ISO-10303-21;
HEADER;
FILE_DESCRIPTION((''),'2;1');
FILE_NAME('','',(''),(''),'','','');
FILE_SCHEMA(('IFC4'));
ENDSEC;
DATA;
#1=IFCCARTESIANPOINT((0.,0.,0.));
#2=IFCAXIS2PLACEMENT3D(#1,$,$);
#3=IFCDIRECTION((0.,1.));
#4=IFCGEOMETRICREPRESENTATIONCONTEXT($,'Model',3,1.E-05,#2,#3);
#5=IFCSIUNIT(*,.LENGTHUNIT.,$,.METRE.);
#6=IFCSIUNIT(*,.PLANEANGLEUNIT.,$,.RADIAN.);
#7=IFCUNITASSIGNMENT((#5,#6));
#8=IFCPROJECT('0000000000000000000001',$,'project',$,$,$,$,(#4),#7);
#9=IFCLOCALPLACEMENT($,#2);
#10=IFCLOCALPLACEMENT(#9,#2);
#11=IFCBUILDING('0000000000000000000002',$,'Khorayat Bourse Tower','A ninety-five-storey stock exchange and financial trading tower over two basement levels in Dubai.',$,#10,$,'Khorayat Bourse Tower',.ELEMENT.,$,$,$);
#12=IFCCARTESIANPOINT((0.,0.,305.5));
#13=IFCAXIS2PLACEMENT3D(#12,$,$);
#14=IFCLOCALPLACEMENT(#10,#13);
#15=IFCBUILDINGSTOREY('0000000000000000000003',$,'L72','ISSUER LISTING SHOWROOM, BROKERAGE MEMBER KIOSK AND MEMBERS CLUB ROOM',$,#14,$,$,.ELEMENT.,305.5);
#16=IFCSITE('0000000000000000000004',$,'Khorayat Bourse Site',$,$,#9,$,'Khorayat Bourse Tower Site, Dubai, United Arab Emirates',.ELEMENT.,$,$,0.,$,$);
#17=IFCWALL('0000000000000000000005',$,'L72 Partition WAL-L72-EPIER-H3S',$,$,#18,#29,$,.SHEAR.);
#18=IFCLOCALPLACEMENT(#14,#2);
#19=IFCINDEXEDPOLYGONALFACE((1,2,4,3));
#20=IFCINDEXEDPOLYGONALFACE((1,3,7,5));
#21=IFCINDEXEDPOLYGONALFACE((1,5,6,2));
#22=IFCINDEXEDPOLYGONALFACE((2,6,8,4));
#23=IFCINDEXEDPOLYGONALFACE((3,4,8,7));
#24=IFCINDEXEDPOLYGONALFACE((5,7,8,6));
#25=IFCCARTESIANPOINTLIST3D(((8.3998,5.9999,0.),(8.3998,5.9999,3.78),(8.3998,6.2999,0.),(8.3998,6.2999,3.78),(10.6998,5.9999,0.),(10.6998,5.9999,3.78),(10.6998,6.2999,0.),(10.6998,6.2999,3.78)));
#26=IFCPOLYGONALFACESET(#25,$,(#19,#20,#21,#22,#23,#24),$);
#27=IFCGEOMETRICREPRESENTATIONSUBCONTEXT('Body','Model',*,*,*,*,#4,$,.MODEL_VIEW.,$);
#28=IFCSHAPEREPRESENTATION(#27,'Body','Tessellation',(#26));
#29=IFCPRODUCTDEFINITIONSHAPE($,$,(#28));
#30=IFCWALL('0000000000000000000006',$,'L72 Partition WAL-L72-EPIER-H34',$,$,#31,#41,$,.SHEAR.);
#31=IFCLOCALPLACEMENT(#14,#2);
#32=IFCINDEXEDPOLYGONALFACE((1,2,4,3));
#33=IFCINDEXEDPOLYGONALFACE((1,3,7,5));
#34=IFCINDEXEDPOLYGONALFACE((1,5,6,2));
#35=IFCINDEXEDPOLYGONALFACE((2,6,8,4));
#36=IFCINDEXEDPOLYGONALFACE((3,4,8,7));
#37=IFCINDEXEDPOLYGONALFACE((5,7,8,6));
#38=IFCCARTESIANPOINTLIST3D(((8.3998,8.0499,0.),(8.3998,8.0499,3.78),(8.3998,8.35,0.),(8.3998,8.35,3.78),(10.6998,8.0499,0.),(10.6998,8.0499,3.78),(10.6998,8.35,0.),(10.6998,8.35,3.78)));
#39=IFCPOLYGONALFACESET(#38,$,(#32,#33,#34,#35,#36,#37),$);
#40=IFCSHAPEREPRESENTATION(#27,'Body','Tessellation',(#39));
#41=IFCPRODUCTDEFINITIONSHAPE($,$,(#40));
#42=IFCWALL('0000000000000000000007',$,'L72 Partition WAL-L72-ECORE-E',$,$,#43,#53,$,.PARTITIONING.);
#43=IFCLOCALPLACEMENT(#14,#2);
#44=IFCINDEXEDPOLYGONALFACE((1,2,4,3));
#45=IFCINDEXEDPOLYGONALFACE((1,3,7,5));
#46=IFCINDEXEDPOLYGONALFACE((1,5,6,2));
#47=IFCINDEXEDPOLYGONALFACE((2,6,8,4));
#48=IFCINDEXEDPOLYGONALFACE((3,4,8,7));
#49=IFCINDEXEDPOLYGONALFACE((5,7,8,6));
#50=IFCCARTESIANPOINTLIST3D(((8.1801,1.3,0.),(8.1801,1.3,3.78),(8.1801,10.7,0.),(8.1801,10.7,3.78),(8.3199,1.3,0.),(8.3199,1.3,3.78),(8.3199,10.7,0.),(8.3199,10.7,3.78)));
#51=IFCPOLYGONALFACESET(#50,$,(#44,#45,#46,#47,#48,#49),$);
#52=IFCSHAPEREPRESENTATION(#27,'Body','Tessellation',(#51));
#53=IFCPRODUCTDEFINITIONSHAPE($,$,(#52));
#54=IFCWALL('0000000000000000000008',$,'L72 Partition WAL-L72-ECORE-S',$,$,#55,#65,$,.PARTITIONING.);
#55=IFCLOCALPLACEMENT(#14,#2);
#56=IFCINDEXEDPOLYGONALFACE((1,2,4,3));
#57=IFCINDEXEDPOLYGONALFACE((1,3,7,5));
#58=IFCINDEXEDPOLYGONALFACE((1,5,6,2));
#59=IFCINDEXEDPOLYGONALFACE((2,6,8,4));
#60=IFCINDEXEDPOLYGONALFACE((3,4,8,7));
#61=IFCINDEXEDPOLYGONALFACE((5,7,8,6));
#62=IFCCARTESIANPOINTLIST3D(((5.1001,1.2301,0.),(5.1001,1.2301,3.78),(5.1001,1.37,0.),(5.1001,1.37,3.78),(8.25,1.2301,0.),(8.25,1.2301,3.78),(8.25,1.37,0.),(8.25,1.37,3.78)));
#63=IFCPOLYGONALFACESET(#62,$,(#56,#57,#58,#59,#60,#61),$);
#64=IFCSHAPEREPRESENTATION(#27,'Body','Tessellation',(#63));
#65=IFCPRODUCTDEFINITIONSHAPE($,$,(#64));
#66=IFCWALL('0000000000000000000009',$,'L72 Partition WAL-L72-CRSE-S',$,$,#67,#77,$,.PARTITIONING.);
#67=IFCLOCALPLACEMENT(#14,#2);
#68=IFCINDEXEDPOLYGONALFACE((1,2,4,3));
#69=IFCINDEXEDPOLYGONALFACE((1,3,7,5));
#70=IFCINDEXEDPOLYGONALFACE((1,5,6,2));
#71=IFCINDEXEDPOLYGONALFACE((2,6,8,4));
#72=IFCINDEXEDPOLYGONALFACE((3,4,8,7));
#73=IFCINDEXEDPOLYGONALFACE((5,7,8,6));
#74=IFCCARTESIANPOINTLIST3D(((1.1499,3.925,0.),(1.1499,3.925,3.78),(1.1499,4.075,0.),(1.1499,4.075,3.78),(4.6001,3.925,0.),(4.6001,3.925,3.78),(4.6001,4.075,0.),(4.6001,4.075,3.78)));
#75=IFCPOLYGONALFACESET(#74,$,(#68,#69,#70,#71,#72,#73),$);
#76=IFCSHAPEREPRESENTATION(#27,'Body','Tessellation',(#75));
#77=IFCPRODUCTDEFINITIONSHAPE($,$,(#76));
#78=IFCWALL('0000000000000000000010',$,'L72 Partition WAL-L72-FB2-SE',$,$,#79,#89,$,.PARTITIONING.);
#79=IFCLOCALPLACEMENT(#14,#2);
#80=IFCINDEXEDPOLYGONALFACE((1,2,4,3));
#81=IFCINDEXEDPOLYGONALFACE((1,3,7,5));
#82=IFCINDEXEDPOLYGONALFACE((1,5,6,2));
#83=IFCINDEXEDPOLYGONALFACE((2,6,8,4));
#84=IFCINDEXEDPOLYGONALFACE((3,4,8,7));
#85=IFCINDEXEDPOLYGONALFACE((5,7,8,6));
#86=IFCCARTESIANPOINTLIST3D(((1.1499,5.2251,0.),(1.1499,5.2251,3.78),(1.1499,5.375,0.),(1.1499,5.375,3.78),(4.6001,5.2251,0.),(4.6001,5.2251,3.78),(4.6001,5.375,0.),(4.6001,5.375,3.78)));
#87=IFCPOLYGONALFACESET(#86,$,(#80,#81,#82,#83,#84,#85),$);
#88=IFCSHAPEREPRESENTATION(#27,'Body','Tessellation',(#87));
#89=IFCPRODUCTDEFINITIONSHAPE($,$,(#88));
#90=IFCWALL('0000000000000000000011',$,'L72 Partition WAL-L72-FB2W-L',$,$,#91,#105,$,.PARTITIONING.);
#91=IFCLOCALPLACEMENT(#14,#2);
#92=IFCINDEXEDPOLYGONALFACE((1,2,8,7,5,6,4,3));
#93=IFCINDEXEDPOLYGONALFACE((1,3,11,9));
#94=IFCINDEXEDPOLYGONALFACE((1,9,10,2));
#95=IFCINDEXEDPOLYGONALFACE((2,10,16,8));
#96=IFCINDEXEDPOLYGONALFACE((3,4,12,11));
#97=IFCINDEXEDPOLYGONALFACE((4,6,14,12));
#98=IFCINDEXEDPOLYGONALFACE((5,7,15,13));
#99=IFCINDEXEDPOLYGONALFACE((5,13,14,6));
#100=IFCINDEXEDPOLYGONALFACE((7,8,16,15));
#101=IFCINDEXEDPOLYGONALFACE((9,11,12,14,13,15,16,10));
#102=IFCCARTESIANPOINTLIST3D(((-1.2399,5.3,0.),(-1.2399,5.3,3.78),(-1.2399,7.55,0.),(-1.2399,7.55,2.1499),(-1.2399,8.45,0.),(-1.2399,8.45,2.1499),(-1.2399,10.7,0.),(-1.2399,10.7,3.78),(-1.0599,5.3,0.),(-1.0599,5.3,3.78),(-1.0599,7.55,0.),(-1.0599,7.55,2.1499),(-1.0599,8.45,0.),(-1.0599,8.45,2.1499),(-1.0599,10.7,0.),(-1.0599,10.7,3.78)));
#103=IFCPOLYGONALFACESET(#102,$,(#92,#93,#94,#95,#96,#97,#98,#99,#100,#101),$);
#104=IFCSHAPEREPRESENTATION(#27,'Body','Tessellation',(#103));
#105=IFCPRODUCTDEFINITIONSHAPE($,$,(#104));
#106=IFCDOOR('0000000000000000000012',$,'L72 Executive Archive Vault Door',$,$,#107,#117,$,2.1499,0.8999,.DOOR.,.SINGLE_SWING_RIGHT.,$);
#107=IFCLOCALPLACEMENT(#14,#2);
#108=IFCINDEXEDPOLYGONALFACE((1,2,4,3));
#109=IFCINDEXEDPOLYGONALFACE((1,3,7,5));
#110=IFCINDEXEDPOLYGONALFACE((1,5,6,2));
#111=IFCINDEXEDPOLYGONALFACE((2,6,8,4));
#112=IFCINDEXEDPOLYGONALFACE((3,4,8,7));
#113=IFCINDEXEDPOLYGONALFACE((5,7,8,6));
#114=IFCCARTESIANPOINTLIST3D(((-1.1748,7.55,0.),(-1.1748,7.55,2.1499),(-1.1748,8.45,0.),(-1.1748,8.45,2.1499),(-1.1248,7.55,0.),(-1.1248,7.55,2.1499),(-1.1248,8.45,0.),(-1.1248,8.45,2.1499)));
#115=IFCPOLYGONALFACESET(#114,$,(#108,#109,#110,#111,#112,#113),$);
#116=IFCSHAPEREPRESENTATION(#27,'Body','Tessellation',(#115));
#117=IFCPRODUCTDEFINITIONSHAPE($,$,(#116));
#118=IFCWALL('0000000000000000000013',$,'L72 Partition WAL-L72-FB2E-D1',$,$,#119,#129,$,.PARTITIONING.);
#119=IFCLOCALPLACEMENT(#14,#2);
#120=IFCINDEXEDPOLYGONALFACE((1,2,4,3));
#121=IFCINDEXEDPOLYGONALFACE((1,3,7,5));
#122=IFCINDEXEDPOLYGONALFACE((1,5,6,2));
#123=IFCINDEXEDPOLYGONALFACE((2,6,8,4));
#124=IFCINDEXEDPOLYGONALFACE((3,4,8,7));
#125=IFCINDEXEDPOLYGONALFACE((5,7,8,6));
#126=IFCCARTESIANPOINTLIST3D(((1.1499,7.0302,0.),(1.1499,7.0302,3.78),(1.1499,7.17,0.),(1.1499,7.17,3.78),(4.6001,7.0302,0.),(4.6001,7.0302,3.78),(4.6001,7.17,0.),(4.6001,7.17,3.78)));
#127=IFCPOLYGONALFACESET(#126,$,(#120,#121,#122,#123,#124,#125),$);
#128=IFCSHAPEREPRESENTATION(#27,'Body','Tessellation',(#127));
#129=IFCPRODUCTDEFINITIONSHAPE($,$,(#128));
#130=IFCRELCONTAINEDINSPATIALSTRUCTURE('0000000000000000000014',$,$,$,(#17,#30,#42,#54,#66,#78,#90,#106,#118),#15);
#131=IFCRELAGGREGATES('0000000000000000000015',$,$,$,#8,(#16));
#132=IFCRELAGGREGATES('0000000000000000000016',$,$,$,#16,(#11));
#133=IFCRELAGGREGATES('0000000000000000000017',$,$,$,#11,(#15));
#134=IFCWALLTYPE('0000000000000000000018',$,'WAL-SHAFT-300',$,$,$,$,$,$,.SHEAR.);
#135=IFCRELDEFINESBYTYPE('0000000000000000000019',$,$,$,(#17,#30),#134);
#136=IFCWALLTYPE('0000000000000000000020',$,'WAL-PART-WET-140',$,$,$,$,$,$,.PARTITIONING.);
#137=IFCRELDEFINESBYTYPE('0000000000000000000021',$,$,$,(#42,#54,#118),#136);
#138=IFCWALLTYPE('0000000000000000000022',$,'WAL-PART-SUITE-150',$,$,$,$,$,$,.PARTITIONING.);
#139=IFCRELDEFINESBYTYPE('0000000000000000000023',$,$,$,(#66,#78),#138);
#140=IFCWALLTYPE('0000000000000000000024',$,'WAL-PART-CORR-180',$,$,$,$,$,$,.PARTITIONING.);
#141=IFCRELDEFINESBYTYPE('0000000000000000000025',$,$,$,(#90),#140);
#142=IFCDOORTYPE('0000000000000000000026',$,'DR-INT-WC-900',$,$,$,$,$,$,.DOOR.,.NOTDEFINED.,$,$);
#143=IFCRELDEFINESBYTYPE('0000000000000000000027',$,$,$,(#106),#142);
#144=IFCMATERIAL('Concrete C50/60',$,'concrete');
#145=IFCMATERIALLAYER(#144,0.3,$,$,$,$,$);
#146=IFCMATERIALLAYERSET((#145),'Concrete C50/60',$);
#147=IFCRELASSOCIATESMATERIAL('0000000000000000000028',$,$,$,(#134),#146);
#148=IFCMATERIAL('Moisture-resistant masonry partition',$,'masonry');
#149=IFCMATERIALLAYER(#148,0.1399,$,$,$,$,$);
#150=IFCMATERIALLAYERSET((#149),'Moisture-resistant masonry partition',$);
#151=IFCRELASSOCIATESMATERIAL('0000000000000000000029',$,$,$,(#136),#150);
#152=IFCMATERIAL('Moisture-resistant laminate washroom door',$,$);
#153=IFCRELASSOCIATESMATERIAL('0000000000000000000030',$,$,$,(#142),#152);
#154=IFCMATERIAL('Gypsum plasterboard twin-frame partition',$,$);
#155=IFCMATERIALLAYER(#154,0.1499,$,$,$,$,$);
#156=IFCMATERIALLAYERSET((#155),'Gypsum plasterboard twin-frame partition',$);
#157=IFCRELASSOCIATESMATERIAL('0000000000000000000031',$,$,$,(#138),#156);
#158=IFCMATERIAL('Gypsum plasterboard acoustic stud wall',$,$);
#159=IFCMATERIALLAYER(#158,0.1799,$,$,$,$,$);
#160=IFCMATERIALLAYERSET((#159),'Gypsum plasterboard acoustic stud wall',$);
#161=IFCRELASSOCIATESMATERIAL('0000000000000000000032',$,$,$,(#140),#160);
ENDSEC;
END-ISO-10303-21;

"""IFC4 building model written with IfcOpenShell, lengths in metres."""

from ifc_helpers import new_model, si_unit, direction, frame, frame_2d, origin, place, context, subcontext, project, spatial, rectangle, extrude, source, transform, mapped, material, layer, layer_set, type_object, element, fill, save


model = new_model("IFC4")

# Units and contexts
model_context = context("Model", 3, precision=1e-05, world=origin(), true_north=direction((0.0, 1.0)))
body_context = subcontext(model_context, "Body", "Model", "MODEL_VIEW")
ifc_project = project(units=[si_unit("LENGTHUNIT", "METRE"), si_unit("PLANEANGLEUNIT", "RADIAN")], contexts=[model_context])

# Site, building, storey
site_placement = place(None, origin())
site = spatial("IfcSite", under=ifc_project, at=site_placement, Name="Khorayat Bourse Site", LongName="Khorayat Bourse Tower Site, Dubai, United Arab Emirates", CompositionType="ELEMENT", RefElevation=0.0)
building_placement = place(site_placement, origin())
building = spatial("IfcBuilding", under=site, at=building_placement, Name="Khorayat Bourse Tower", Description="A ninety-five-storey stock exchange and financial trading tower over two basement levels in Dubai.", LongName="Khorayat Bourse Tower", CompositionType="ELEMENT")
storey_placement = place(building_placement, frame((0.0, 0.0, 305.5)))
storey = spatial("IfcBuildingStorey", under=building, at=storey_placement, Name="L72", Description="ISSUER LISTING SHOWROOM, BROKERAGE MEMBER KIOSK AND MEMBERS CLUB ROOM", CompositionType="ELEMENT", Elevation=305.5)

# Walls
ifc_material_1 = material(Name="Concrete C50/60", Category="concrete")
ifc_layer_1 = layer(ifc_material_1, 0.3)
ifc_layer_set_1 = layer_set([ifc_layer_1], Name="Concrete C50/60")
wall_type_1 = type_object("IfcWallType", Name="WAL-SHAFT-300", PredefinedType="SHEAR", material=ifc_layer_set_1)
shared_shape_1 = source(origin(), body_context, "Body", "SweptSolid", [
    extrude(rectangle(XDim=2.3, YDim=0.3, at=frame_2d((1.1499, 0.0))), origin(), (0.0, 0.0, 1.0), 3.78),
])
for number, where, z_axis, x_axis, name in (
    (1, (8.3999, 6.1499, 0.0), (0.0, 0.0, 1.0), (1.0, 0.0, 0.0), "L72 Partition WAL-L72-EPIER-H3S"),
    (2, (8.3999, 8.2, 0.0), (0.0, 0.0, 1.0), (1.0, 0.0, 0.0), "L72 Partition WAL-L72-EPIER-H34"),
):
    element("IfcWall", number, at=place(storey_placement, frame(where, z_axis=z_axis, x_axis=x_axis)), inside=storey, type_object=wall_type_1, Name=name, PredefinedType="SHEAR", context=body_context, shape_type="MappedRepresentation", body=[
        mapped(shared_shape_1, transform((0.0, 0.0, 0.0), scale=1.0)),
    ])
ifc_material_2 = material(Name="Moisture-resistant masonry partition", Category="masonry")
ifc_layer_2 = layer(ifc_material_2, 0.1399)
ifc_layer_set_2 = layer_set([ifc_layer_2], Name="Moisture-resistant masonry partition")
wall_type_2 = type_object("IfcWallType", Name="WAL-PART-WET-140", PredefinedType="PARTITIONING", material=ifc_layer_set_2)
shared_shape_2 = source(origin(), body_context, "Body", "SweptSolid", [
    extrude(rectangle(XDim=9.3999, YDim=0.1399, at=frame_2d((4.7, 0.0))), origin(), (0.0, 0.0, 1.0), 3.78),
])
wall_1_placement = place(storey_placement, frame((8.25, 1.3, 0.0), z_axis=(0.0, 0.0, 1.0), x_axis=(0.0, 1.0, 0.0)))
element("IfcWall", 3, at=wall_1_placement, inside=storey, type_object=wall_type_2, Name="L72 Partition WAL-L72-ECORE-E", PredefinedType="PARTITIONING", context=body_context, shape_type="MappedRepresentation", body=[
    mapped(shared_shape_2, transform((0.0, 0.0, 0.0), scale=1.0)),
])
shared_shape_3 = source(origin(), body_context, "Body", "SweptSolid", [
    extrude(rectangle(XDim=3.1499, YDim=0.1399, at=frame_2d((1.575, 0.0))), origin(), (0.0, 0.0, 1.0), 3.78),
])
wall_2_placement = place(storey_placement, frame((5.1001, 1.3, 0.0), z_axis=(0.0, 0.0, 1.0), x_axis=(1.0, 0.0, 0.0)))
element("IfcWall", 4, at=wall_2_placement, inside=storey, type_object=wall_type_2, Name="L72 Partition WAL-L72-ECORE-S", PredefinedType="PARTITIONING", context=body_context, shape_type="MappedRepresentation", body=[
    mapped(shared_shape_3, transform((0.0, 0.0, 0.0), scale=1.0)),
])

# Shared definitions
ifc_material_3 = material(Name="Moisture-resistant laminate washroom door")
door_type = type_object("IfcDoorType", Name="DR-INT-WC-900", OperationType="NOTDEFINED", PredefinedType="DOOR", material=ifc_material_3)
shared_shape_4 = source(origin(), body_context, "Body", "SweptSolid", [
    extrude(rectangle(XDim=0.8999, YDim=2.1499, at=frame_2d((0.45, 1.075))), frame((0.0, 0.0249, 0.0), z_axis=(0.0, -1.0, 0.0), x_axis=(1.0, 0.0, 0.0)), (0.0, 0.0, 1.0), 0.05),
])

# Walls
ifc_material_4 = material(Name="Gypsum plasterboard twin-frame partition")
ifc_layer_3 = layer(ifc_material_4, 0.1499)
ifc_layer_set_3 = layer_set([ifc_layer_3], Name="Gypsum plasterboard twin-frame partition")
wall_type_3 = type_object("IfcWallType", Name="WAL-PART-SUITE-150", PredefinedType="PARTITIONING", material=ifc_layer_set_3)
shared_shape_5 = source(origin(), body_context, "Body", "SweptSolid", [
    extrude(rectangle(XDim=3.4502, YDim=0.1499, at=frame_2d((1.7251, 0.0))), origin(), (0.0, 0.0, 1.0), 3.78),
])
for number, where, z_axis, x_axis, name in (
    (5, (1.1499, 4.0, 0.0), (0.0, 0.0, 1.0), (1.0, 0.0, 0.0), "L72 Partition WAL-L72-CRSE-S"),
    (6, (1.1499, 5.3, 0.0), (0.0, 0.0, 1.0), (1.0, 0.0, 0.0), "L72 Partition WAL-L72-FB2-SE"),
):
    element("IfcWall", number, at=place(storey_placement, frame(where, z_axis=z_axis, x_axis=x_axis)), inside=storey, type_object=wall_type_3, Name=name, PredefinedType="PARTITIONING", context=body_context, shape_type="MappedRepresentation", body=[
        mapped(shared_shape_5, transform((0.0, 0.0, 0.0), scale=1.0)),
    ])

# Wall, opening, door
ifc_material_5 = material(Name="Gypsum plasterboard acoustic stud wall")
ifc_layer_4 = layer(ifc_material_5, 0.1799)
ifc_layer_set_4 = layer_set([ifc_layer_4], Name="Gypsum plasterboard acoustic stud wall")
wall_type_4 = type_object("IfcWallType", Name="WAL-PART-CORR-180", PredefinedType="PARTITIONING", material=ifc_layer_set_4)
shared_shape_6 = source(origin(), body_context, "Body", "SweptSolid", [
    extrude(rectangle(XDim=5.3999, YDim=0.1799, at=frame_2d((2.7, 0.0))), origin(), (0.0, 0.0, 1.0), 3.78),
])
wall_3_placement = place(storey_placement, frame((-1.1499, 5.3, 0.0), z_axis=(0.0, 0.0, 1.0), x_axis=(0.0, 1.0, 0.0)))
wall_3 = element("IfcWall", 7, at=wall_3_placement, inside=storey, type_object=wall_type_4, Name="L72 Partition WAL-L72-FB2W-L", PredefinedType="PARTITIONING", context=body_context, shape_type="MappedRepresentation", body=[
    mapped(shared_shape_6, transform((0.0, 0.0, 0.0), scale=1.0)),
])
shared_shape_7 = source(origin(), body_context, "Body", "SweptSolid", [
    extrude(rectangle(XDim=0.8999, YDim=2.1499, at=frame_2d((0.45, 1.075))), frame((0.0, 0.0999, 0.0), z_axis=(0.0, -1.0, 0.0), x_axis=(1.0, 0.0, 0.0)), (0.0, 0.0, 1.0), 0.2),
])
opening_1_placement = place(wall_3_placement, frame((2.25, 0.0, 0.0)))
opening_1 = element("IfcOpeningElement", 8, at=opening_1_placement, cuts=wall_3, PredefinedType="OPENING", context=body_context, shape_type="MappedRepresentation", body=[
    mapped(shared_shape_7, transform((0.0, 0.0, 0.0), scale=1.0)),
])
door_1_placement = place(opening_1_placement, origin())
door_1 = element("IfcDoor", 9, at=door_1_placement, inside=storey, type_object=door_type, Name="L72 Executive Archive Vault Door", OperationType="SINGLE_SWING_RIGHT", OverallHeight=2.1499, OverallWidth=0.8999, PredefinedType="DOOR", context=body_context, shape_type="MappedRepresentation", body=[
    mapped(shared_shape_4, transform((0.0, 0.0, 0.0), scale=1.0)),
])
fill(opening_1, door_1)

# Wall
shared_shape_8 = source(origin(), body_context, "Body", "SweptSolid", [
    extrude(rectangle(XDim=3.4502, YDim=0.1399, at=frame_2d((1.7251, 0.0))), origin(), (0.0, 0.0, 1.0), 3.78),
])
wall_4_placement = place(storey_placement, frame((1.1499, 7.1001, 0.0), z_axis=(0.0, 0.0, 1.0), x_axis=(1.0, 0.0, 0.0)))
element("IfcWall", 10, at=wall_4_placement, inside=storey, type_object=wall_type_2, Name="L72 Partition WAL-L72-FB2E-D1", PredefinedType="PARTITIONING", context=body_context, shape_type="MappedRepresentation", body=[
    mapped(shared_shape_8, transform((0.0, 0.0, 0.0), scale=1.0)),
])

save(model, "model.ifc")
